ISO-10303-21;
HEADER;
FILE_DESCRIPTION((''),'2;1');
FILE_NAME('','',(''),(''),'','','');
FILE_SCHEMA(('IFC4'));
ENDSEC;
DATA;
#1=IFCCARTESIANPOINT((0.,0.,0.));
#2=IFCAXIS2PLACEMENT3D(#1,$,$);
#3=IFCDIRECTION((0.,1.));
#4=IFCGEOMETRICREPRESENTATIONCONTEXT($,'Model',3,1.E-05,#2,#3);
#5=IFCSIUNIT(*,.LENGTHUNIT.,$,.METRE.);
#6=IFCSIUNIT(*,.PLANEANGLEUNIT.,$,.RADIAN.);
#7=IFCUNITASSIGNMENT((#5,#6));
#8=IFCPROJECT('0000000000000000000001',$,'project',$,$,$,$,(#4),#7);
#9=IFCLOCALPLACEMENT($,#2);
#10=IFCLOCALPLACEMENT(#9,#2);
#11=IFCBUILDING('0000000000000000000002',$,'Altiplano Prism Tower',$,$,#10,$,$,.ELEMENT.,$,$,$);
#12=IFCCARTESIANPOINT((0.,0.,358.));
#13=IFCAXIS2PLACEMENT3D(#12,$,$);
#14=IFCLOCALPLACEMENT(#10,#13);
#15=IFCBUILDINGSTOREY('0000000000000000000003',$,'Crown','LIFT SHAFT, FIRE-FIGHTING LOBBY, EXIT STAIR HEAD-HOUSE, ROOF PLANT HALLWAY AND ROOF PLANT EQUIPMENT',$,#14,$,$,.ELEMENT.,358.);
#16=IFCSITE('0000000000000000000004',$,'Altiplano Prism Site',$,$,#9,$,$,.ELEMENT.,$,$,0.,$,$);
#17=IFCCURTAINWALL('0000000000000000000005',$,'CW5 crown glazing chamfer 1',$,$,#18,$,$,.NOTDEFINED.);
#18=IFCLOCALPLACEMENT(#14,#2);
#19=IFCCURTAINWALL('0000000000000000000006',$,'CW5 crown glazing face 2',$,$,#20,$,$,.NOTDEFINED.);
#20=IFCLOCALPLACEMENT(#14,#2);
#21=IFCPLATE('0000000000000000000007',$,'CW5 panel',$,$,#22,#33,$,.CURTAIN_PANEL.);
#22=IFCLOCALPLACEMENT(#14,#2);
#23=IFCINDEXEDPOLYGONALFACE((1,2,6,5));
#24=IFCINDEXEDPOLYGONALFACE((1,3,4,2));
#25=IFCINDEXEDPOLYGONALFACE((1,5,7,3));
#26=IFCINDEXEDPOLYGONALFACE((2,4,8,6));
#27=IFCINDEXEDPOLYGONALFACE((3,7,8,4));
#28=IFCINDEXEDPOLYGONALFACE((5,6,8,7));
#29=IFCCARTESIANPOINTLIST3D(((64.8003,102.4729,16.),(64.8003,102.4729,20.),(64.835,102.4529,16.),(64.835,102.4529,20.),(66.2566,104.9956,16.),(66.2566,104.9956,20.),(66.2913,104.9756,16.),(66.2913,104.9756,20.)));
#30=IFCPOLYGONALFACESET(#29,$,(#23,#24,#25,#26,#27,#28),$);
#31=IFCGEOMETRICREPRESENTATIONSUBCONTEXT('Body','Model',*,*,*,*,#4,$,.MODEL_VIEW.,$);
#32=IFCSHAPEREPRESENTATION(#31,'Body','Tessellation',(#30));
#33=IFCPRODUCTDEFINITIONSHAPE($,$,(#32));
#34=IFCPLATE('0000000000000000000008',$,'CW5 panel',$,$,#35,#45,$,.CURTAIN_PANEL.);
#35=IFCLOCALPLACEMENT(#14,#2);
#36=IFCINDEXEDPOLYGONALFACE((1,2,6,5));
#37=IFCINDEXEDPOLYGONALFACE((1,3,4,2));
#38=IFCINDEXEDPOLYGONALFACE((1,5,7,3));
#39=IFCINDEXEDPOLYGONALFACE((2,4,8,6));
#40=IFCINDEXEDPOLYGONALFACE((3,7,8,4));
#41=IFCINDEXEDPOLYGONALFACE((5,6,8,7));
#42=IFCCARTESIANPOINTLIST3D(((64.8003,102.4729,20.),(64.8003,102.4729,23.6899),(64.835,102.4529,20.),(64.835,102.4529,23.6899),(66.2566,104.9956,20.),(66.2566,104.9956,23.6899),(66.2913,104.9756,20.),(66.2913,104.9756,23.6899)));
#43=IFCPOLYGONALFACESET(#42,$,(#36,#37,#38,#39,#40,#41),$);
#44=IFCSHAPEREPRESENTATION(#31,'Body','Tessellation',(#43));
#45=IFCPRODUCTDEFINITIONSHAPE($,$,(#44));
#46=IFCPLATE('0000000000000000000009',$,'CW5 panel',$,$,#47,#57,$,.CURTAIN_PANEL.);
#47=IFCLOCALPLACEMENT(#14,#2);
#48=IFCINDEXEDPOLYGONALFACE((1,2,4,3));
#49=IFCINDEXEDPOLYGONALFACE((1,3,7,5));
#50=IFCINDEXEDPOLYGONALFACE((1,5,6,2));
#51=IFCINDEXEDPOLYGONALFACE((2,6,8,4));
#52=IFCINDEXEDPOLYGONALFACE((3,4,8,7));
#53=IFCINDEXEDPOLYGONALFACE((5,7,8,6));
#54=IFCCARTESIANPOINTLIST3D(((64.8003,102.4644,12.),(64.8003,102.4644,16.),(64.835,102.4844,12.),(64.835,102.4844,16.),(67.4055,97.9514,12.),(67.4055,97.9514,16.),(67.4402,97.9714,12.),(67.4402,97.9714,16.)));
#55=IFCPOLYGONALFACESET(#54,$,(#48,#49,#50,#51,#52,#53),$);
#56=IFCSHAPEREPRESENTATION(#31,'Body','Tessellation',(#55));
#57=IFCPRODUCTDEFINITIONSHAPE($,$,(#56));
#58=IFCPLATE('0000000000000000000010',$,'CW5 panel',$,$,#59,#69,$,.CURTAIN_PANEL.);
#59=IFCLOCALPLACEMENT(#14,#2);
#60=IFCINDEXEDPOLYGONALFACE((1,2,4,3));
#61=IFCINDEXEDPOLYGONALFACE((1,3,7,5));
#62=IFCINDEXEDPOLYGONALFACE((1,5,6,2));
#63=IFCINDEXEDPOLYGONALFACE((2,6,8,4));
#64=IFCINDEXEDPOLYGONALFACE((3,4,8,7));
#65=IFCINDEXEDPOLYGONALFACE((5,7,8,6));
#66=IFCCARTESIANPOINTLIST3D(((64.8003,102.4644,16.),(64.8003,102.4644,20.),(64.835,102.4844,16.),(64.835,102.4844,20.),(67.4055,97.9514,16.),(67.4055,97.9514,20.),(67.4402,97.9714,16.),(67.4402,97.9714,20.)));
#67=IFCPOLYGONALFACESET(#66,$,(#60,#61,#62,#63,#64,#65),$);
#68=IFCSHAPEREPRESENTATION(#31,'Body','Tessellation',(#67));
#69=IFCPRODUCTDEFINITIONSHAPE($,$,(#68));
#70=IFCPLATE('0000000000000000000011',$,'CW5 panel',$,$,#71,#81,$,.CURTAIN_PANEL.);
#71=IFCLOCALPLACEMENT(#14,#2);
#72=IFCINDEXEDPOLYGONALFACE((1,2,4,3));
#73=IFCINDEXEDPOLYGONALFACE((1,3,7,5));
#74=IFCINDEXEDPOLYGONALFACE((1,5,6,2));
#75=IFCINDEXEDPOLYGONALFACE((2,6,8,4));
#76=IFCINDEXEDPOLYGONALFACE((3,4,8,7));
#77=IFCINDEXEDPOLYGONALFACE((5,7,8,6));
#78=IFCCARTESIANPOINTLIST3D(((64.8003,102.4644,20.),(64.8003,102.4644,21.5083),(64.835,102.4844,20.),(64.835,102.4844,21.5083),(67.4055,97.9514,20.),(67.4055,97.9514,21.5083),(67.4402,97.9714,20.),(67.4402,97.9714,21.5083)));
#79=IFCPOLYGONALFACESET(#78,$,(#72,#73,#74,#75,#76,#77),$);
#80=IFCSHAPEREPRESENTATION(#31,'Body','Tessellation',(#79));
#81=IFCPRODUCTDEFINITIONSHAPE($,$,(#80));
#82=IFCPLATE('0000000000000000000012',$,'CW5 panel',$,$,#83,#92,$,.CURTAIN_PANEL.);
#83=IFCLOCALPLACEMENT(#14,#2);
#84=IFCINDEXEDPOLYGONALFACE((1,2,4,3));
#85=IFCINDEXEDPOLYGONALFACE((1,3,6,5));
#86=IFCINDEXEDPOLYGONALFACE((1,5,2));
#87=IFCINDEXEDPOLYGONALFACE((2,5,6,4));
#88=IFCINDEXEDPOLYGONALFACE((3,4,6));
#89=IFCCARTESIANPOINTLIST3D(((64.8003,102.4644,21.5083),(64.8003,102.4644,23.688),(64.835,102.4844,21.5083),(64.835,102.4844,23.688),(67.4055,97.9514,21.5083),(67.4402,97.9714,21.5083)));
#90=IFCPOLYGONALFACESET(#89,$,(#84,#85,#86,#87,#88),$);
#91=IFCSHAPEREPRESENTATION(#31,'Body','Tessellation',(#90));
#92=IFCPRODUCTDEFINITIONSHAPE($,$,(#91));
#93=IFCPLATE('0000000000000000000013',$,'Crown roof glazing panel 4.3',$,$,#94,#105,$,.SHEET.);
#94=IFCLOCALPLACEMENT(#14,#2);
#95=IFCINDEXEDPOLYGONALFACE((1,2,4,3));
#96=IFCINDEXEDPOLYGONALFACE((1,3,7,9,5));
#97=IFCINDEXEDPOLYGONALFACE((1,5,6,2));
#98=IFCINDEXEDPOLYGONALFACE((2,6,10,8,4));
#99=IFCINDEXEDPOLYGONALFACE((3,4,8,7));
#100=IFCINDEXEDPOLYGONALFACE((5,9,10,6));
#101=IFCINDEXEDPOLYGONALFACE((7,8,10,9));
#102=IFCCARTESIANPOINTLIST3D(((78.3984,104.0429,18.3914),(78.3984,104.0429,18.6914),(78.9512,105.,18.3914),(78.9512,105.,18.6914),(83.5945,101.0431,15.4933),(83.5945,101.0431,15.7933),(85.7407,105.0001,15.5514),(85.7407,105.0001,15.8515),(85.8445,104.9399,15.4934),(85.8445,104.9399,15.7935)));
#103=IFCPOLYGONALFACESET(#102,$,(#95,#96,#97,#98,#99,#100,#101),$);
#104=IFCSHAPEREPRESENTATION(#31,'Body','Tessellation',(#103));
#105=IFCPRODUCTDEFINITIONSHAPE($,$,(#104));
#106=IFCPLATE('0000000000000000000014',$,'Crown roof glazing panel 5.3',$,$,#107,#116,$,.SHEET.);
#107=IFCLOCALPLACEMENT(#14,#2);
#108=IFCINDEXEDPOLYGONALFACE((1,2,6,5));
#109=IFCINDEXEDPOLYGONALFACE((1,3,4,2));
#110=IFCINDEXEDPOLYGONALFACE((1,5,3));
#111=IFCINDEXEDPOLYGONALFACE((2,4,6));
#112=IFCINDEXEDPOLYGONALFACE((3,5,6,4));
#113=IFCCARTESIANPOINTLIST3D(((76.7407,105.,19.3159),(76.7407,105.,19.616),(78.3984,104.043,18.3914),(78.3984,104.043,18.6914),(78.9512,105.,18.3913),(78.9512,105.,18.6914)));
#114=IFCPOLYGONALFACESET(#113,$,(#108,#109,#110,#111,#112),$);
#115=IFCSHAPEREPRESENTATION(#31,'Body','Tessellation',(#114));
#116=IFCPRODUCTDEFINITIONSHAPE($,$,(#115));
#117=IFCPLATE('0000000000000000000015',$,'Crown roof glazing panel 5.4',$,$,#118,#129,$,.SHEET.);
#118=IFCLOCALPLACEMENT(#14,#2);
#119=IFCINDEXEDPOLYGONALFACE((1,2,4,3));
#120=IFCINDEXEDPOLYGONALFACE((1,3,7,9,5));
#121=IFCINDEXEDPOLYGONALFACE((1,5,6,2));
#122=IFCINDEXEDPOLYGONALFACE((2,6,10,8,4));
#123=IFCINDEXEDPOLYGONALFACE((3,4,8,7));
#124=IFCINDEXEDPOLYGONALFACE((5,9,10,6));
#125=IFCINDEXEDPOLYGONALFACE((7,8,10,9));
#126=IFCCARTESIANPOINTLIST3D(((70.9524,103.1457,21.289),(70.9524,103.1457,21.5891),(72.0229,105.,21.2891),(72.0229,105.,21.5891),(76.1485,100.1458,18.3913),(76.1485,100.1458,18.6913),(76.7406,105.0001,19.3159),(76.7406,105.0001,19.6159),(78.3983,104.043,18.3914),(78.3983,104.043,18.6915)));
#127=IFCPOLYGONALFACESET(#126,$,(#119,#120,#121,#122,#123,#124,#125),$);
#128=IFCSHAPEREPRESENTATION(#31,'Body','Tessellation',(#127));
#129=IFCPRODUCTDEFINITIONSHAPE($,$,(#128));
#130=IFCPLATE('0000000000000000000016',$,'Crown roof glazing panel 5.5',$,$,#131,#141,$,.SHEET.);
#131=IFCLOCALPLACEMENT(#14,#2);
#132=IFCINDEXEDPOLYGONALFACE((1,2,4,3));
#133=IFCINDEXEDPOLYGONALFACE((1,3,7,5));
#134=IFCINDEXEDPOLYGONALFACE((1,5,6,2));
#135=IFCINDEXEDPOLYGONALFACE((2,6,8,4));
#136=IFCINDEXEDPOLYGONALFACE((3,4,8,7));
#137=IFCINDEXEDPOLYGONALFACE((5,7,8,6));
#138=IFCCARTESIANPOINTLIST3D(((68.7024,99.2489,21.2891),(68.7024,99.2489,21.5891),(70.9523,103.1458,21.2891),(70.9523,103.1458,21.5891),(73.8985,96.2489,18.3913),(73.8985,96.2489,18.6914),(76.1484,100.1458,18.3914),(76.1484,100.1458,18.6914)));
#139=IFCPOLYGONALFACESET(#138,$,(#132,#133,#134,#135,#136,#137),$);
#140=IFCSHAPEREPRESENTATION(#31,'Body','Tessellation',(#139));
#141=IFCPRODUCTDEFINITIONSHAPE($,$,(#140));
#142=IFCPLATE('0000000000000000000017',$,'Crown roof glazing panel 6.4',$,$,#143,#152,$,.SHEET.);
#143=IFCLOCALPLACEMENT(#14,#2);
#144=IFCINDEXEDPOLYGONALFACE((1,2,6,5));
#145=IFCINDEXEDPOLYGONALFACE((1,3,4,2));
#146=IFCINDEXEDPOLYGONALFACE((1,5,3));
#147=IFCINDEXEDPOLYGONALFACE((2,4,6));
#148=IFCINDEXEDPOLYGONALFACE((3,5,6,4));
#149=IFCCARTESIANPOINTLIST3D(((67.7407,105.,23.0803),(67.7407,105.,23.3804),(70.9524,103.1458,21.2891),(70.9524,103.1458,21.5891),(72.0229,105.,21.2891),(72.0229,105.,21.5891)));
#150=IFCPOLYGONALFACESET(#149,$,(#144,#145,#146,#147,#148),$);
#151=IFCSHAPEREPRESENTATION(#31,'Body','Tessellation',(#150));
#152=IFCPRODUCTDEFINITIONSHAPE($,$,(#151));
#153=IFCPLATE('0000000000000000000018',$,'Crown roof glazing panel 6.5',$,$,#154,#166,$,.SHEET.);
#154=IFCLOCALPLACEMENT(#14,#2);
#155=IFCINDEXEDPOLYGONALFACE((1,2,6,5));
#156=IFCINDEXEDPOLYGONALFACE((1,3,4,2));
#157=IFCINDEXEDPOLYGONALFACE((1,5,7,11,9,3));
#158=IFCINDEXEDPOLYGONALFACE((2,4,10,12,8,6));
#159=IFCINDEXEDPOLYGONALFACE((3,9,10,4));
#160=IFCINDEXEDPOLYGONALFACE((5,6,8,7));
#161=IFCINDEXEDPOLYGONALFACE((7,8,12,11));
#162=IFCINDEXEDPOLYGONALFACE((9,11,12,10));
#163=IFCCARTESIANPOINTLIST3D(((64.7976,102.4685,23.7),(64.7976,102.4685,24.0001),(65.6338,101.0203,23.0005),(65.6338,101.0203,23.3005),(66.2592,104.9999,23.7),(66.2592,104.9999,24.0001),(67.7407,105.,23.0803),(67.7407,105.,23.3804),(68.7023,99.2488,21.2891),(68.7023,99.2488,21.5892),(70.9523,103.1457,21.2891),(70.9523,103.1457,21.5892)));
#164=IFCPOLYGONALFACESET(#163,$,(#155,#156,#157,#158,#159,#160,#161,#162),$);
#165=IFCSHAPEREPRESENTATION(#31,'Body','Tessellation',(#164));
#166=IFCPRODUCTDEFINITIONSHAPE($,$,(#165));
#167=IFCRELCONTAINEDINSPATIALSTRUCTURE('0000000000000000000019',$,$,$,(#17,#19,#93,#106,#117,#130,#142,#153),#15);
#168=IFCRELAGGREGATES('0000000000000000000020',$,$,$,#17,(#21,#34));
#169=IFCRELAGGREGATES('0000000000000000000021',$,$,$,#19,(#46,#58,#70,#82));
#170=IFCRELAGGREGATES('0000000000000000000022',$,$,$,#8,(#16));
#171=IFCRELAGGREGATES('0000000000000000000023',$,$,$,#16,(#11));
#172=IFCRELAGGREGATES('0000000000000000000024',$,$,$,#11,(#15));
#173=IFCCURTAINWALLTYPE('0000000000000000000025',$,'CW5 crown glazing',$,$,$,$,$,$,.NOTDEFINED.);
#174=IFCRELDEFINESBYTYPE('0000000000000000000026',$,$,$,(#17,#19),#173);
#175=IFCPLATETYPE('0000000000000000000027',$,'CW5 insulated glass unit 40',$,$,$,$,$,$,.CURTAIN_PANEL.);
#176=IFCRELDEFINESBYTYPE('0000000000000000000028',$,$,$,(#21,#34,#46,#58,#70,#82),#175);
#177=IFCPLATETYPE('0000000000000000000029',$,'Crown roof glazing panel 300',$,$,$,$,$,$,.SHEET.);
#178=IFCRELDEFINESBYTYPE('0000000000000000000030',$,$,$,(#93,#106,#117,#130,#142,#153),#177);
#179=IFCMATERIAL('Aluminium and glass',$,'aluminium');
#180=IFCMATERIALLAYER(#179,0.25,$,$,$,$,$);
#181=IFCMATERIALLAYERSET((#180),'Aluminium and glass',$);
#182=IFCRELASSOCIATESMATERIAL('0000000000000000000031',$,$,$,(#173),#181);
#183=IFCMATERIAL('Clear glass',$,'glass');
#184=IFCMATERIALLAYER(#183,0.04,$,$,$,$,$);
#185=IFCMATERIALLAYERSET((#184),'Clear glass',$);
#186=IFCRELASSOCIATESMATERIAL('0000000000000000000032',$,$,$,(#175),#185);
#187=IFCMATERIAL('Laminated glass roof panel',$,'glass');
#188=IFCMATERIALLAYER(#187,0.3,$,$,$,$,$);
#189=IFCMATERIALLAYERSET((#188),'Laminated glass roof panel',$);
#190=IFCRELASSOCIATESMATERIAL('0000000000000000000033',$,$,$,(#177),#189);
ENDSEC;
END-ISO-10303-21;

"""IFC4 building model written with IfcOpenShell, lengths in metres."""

from ifc_helpers import new_model, si_unit, direction, frame, origin, place, context, subcontext, project, spatial, polyline, outline, extrude, material, layer, layer_set, type_object, element, aggregate, save


model = new_model("IFC4")

# Units and contexts
model_context = context("Model", 3, precision=1e-05, world=origin(), true_north=direction((0.0, 1.0)))
body_context = subcontext(model_context, "Body", "Model", "MODEL_VIEW")
ifc_project = project(units=[si_unit("LENGTHUNIT", "METRE"), si_unit("PLANEANGLEUNIT", "RADIAN")], contexts=[model_context])

# Site, building, storey
site_placement = place(None, origin())
site = spatial("IfcSite", under=ifc_project, at=site_placement, Name="Altiplano Prism Site", CompositionType="ELEMENT", RefElevation=0.0)
building_placement = place(site_placement, origin())
building = spatial("IfcBuilding", under=site, at=building_placement, Name="Altiplano Prism Tower", CompositionType="ELEMENT")
storey_placement = place(building_placement, frame((0.0, 0.0, 358.0)))
storey = spatial("IfcBuildingStorey", under=building, at=storey_placement, Name="Crown", Description="LIFT SHAFT, FIRE-FIGHTING LOBBY, EXIT STAIR HEAD-HOUSE, ROOF PLANT HALLWAY AND ROOF PLANT EQUIPMENT", CompositionType="ELEMENT", Elevation=358.0)

# Shared definitions
ifc_material_1 = material(Name="Aluminium and glass", Category="aluminium")
ifc_layer_1 = layer(ifc_material_1, 0.25)
ifc_layer_set_1 = layer_set([ifc_layer_1], Name="Aluminium and glass")
curtain_wall_type = type_object("IfcCurtainWallType", Name="CW5 crown glazing", PredefinedType="NOTDEFINED", material=ifc_layer_set_1)

# Curtain walls
curtain_wall_1_placement = place(storey_placement, origin())
curtain_wall_1 = element("IfcCurtainWall", 1, at=curtain_wall_1_placement, inside=storey, type_object=curtain_wall_type, Name="CW5 crown glazing chamfer 1", PredefinedType="NOTDEFINED")
curtain_wall_2_placement = place(storey_placement, origin())
curtain_wall_2 = element("IfcCurtainWall", 2, at=curtain_wall_2_placement, inside=storey, type_object=curtain_wall_type, Name="CW5 crown glazing face 2", PredefinedType="NOTDEFINED")

# Plates
ifc_material_2 = material(Name="Clear glass", Category="glass")
ifc_layer_2 = layer(ifc_material_2, 0.04)
ifc_layer_set_2 = layer_set([ifc_layer_2], Name="Clear glass")
plate_type_1 = type_object("IfcPlateType", Name="CW5 insulated glass unit 40", PredefinedType="CURTAIN_PANEL", material=ifc_layer_set_2)
plate_1_placement = place(storey_placement, frame((66.2566, 104.9956, 16.0), z_axis=(-0.866053, 0.499952, 0.0), x_axis=(-0.499952, -0.866053, 0.0)))
plate_1 = element("IfcPlate", 3, at=plate_1_placement, type_object=plate_type_1, Name="CW5 panel", PredefinedType="CURTAIN_PANEL", context=body_context, shape_type="SweptSolid", body=[
    extrude(outline(polyline([(0.0, 0.0), (2.9128, 0.0), (2.9128, 4.0), (0.0, 4.0), (0.0, 0.0)])), origin(), (0.0, 0.0, -1.0), 0.04),
])
plate_2_placement = place(storey_placement, frame((66.2566, 104.9956, 20.0), z_axis=(-0.866053, 0.499952, 0.0), x_axis=(-0.499952, -0.866053, 0.0)))
plate_2 = element("IfcPlate", 4, at=plate_2_placement, type_object=plate_type_1, Name="CW5 panel", PredefinedType="CURTAIN_PANEL", context=body_context, shape_type="SweptSolid", body=[
    extrude(outline(polyline([(0.0, 0.0), (2.9128, 0.0), (2.9128, 3.6899), (0.0, 3.6899), (0.0, 0.0)])), origin(), (0.0, 0.0, -1.0), 0.04),
])
aggregate(curtain_wall_1, [plate_1, plate_2])
plate_3_placement = place(storey_placement, frame((64.8003, 102.4644, 12.0), z_axis=(-0.866052, -0.499954, 0.0), x_axis=(0.499954, -0.866052, 0.0)))
plate_3 = element("IfcPlate", 5, at=plate_3_placement, type_object=plate_type_1, Name="CW5 panel", PredefinedType="CURTAIN_PANEL", context=body_context, shape_type="SweptSolid", body=[
    extrude(outline(polyline([(0.0, 0.0), (5.2109, 0.0), (5.2109, 4.0), (0.0, 4.0), (0.0, 0.0)])), origin(), (0.0, 0.0, -1.0), 0.04),
])
plate_4_placement = place(storey_placement, frame((64.8003, 102.4644, 16.0), z_axis=(-0.866052, -0.499954, 0.0), x_axis=(0.499954, -0.866052, 0.0)))
plate_4 = element("IfcPlate", 6, at=plate_4_placement, type_object=plate_type_1, Name="CW5 panel", PredefinedType="CURTAIN_PANEL", context=body_context, shape_type="SweptSolid", body=[
    extrude(outline(polyline([(0.0, 0.0), (5.2109, 0.0), (5.2109, 4.0), (0.0, 4.0), (0.0, 0.0)])), origin(), (0.0, 0.0, -1.0), 0.04),
])
plate_5_placement = place(storey_placement, frame((64.8003, 102.4644, 20.0), z_axis=(-0.866052, -0.499954, 0.0), x_axis=(0.499954, -0.866052, 0.0)))
plate_5 = element("IfcPlate", 7, at=plate_5_placement, type_object=plate_type_1, Name="CW5 panel", PredefinedType="CURTAIN_PANEL", context=body_context, shape_type="SweptSolid", body=[
    extrude(outline(polyline([(0.0, 0.0), (5.2109, 0.0), (5.2109, 1.5083), (0.0, 1.5083), (0.0, 0.0)])), origin(), (0.0, 0.0, -1.0), 0.04),
])
plate_6_placement = place(storey_placement, frame((64.8003, 102.4644, 23.688), z_axis=(-0.866052, -0.499954, 0.0), x_axis=(0.0, 0.0, -1.0)))
plate_6 = element("IfcPlate", 8, at=plate_6_placement, type_object=plate_type_1, Name="CW5 panel", PredefinedType="CURTAIN_PANEL", context=body_context, shape_type="SweptSolid", body=[
    extrude(outline(polyline([(0.0, 0.0), (2.1797, 0.0), (2.1797, 5.2109), (0.0, 0.0)])), origin(), (0.0, 0.0, -1.0), 0.04),
])
aggregate(curtain_wall_2, [plate_3, plate_4, plate_5, plate_6])

# Plates
ifc_material_3 = material(Name="Laminated glass roof panel", Category="glass")
ifc_layer_3 = layer(ifc_material_3, 0.3)
ifc_layer_set_3 = layer_set([ifc_layer_3], Name="Laminated glass roof panel")
plate_type_2 = type_object("IfcPlateType", Name="Crown roof glazing panel 300", PredefinedType="SHEET", material=ifc_layer_set_3)
plate_7_placement = place(storey_placement, frame((78.9512, 105.0, 18.6914), z_axis=(0.37665, -0.217516, 0.900456), x_axis=(-0.500124, -0.865954, 0.000014)))
element("IfcPlate", 9, at=plate_7_placement, inside=storey, type_object=plate_type_2, Name="Crown roof glazing panel 4.3", PredefinedType="SHEET", context=body_context, shape_type="SweptSolid", body=[
    extrude(outline(polyline([(0.0, 0.0), (1.1052, 0.0), (1.1042, 6.6631), (-3.3955, 6.6626), (-3.3958, 6.5293), (0.0, 0.0)])), origin(), (-0.000014, 0.434946, -0.900456), 0.3),
])
plate_8_placement = place(storey_placement, frame((76.7407, 105.0, 19.616), z_axis=(0.376634, -0.217525, 0.900461), x_axis=(0.779832, -0.450212, -0.434937)))
element("IfcPlate", 10, at=plate_8_placement, inside=storey, type_object=plate_type_2, Name="Crown roof glazing panel 5.3", PredefinedType="SHEET", context=body_context, shape_type="SweptSolid", body=[
    extrude(outline(polyline([(0.0, 0.0), (2.1257, 0.0), (2.126, 1.1052), (0.0, 0.0)])), origin(), (0.434937, -0.000068, -0.900461), 0.3),
])
plate_9_placement = place(storey_placement, frame((72.0229, 105.0, 21.5891), z_axis=(0.37663, -0.217459, 0.900479), x_axis=(-0.500005, -0.866022, -0.000008)))
element("IfcPlate", 11, at=plate_9_placement, inside=storey, type_object=plate_type_2, Name="Crown roof glazing panel 5.4", PredefinedType="SHEET", context=body_context, shape_type="SweptSolid", body=[
    extrude(outline(polyline([(0.0, 0.0), (2.1411, 0.0), (2.1411, 6.6631), (-2.3589, 6.6628), (-2.3589, 4.5371), (0.0, 0.0)])), origin(), (0.000008, 0.4349, -0.900479), 0.3),
])
plate_10_placement = place(storey_placement, frame((76.1484, 100.1458, 18.6914), z_axis=(0.376627, -0.217453, 0.900481), x_axis=(-0.779836, 0.450248, 0.434895)))
element("IfcPlate", 12, at=plate_10_placement, inside=storey, type_object=plate_type_2, Name="Crown roof glazing panel 5.5", PredefinedType="SHEET", context=body_context, shape_type="SweptSolid", body=[
    extrude(outline(polyline([(0.0, 0.0), (6.6631, 0.0), (6.6631, 4.4998), (0.0, 4.4998), (0.0, 0.0)])), origin(), (-0.434895, 0.000003, -0.900481), 0.3),
])
plate_11_placement = place(storey_placement, frame((67.7407, 105.0, 23.3804), z_axis=(0.376664, -0.217468, 0.900462), x_axis=(0.779824, -0.450229, -0.434935)))
element("IfcPlate", 13, at=plate_11_placement, inside=storey, type_object=plate_type_2, Name="Crown roof glazing panel 6.4", PredefinedType="SHEET", context=body_context, shape_type="SweptSolid", body=[
    extrude(outline(polyline([(0.0, 0.0), (4.1184, 0.0), (4.1184, 2.1411), (0.0, 0.0)])), origin(), (0.434935, -0.000002, -0.900462), 0.3),
])
plate_12_placement = place(storey_placement, frame((65.6338, 101.0203, 23.3005), z_axis=(0.376653, -0.21747, 0.900466), x_axis=(0.779846, -0.4502, -0.434926)))
element("IfcPlate", 14, at=plate_12_placement, inside=storey, type_object=plate_type_2, Name="Crown roof glazing panel 6.5", PredefinedType="SHEET", context=body_context, shape_type="SweptSolid", body=[
    extrude(outline(polyline([(0.0, 0.0), (3.9348, 0.0), (3.9351, 4.4998), (-0.1833, 4.5), (-1.6082, 3.7593), (-1.6084, 0.8362), (0.0, 0.0)])), origin(), (0.434926, -0.000024, -0.900466), 0.3),
])

save(model, "model.ifc")
